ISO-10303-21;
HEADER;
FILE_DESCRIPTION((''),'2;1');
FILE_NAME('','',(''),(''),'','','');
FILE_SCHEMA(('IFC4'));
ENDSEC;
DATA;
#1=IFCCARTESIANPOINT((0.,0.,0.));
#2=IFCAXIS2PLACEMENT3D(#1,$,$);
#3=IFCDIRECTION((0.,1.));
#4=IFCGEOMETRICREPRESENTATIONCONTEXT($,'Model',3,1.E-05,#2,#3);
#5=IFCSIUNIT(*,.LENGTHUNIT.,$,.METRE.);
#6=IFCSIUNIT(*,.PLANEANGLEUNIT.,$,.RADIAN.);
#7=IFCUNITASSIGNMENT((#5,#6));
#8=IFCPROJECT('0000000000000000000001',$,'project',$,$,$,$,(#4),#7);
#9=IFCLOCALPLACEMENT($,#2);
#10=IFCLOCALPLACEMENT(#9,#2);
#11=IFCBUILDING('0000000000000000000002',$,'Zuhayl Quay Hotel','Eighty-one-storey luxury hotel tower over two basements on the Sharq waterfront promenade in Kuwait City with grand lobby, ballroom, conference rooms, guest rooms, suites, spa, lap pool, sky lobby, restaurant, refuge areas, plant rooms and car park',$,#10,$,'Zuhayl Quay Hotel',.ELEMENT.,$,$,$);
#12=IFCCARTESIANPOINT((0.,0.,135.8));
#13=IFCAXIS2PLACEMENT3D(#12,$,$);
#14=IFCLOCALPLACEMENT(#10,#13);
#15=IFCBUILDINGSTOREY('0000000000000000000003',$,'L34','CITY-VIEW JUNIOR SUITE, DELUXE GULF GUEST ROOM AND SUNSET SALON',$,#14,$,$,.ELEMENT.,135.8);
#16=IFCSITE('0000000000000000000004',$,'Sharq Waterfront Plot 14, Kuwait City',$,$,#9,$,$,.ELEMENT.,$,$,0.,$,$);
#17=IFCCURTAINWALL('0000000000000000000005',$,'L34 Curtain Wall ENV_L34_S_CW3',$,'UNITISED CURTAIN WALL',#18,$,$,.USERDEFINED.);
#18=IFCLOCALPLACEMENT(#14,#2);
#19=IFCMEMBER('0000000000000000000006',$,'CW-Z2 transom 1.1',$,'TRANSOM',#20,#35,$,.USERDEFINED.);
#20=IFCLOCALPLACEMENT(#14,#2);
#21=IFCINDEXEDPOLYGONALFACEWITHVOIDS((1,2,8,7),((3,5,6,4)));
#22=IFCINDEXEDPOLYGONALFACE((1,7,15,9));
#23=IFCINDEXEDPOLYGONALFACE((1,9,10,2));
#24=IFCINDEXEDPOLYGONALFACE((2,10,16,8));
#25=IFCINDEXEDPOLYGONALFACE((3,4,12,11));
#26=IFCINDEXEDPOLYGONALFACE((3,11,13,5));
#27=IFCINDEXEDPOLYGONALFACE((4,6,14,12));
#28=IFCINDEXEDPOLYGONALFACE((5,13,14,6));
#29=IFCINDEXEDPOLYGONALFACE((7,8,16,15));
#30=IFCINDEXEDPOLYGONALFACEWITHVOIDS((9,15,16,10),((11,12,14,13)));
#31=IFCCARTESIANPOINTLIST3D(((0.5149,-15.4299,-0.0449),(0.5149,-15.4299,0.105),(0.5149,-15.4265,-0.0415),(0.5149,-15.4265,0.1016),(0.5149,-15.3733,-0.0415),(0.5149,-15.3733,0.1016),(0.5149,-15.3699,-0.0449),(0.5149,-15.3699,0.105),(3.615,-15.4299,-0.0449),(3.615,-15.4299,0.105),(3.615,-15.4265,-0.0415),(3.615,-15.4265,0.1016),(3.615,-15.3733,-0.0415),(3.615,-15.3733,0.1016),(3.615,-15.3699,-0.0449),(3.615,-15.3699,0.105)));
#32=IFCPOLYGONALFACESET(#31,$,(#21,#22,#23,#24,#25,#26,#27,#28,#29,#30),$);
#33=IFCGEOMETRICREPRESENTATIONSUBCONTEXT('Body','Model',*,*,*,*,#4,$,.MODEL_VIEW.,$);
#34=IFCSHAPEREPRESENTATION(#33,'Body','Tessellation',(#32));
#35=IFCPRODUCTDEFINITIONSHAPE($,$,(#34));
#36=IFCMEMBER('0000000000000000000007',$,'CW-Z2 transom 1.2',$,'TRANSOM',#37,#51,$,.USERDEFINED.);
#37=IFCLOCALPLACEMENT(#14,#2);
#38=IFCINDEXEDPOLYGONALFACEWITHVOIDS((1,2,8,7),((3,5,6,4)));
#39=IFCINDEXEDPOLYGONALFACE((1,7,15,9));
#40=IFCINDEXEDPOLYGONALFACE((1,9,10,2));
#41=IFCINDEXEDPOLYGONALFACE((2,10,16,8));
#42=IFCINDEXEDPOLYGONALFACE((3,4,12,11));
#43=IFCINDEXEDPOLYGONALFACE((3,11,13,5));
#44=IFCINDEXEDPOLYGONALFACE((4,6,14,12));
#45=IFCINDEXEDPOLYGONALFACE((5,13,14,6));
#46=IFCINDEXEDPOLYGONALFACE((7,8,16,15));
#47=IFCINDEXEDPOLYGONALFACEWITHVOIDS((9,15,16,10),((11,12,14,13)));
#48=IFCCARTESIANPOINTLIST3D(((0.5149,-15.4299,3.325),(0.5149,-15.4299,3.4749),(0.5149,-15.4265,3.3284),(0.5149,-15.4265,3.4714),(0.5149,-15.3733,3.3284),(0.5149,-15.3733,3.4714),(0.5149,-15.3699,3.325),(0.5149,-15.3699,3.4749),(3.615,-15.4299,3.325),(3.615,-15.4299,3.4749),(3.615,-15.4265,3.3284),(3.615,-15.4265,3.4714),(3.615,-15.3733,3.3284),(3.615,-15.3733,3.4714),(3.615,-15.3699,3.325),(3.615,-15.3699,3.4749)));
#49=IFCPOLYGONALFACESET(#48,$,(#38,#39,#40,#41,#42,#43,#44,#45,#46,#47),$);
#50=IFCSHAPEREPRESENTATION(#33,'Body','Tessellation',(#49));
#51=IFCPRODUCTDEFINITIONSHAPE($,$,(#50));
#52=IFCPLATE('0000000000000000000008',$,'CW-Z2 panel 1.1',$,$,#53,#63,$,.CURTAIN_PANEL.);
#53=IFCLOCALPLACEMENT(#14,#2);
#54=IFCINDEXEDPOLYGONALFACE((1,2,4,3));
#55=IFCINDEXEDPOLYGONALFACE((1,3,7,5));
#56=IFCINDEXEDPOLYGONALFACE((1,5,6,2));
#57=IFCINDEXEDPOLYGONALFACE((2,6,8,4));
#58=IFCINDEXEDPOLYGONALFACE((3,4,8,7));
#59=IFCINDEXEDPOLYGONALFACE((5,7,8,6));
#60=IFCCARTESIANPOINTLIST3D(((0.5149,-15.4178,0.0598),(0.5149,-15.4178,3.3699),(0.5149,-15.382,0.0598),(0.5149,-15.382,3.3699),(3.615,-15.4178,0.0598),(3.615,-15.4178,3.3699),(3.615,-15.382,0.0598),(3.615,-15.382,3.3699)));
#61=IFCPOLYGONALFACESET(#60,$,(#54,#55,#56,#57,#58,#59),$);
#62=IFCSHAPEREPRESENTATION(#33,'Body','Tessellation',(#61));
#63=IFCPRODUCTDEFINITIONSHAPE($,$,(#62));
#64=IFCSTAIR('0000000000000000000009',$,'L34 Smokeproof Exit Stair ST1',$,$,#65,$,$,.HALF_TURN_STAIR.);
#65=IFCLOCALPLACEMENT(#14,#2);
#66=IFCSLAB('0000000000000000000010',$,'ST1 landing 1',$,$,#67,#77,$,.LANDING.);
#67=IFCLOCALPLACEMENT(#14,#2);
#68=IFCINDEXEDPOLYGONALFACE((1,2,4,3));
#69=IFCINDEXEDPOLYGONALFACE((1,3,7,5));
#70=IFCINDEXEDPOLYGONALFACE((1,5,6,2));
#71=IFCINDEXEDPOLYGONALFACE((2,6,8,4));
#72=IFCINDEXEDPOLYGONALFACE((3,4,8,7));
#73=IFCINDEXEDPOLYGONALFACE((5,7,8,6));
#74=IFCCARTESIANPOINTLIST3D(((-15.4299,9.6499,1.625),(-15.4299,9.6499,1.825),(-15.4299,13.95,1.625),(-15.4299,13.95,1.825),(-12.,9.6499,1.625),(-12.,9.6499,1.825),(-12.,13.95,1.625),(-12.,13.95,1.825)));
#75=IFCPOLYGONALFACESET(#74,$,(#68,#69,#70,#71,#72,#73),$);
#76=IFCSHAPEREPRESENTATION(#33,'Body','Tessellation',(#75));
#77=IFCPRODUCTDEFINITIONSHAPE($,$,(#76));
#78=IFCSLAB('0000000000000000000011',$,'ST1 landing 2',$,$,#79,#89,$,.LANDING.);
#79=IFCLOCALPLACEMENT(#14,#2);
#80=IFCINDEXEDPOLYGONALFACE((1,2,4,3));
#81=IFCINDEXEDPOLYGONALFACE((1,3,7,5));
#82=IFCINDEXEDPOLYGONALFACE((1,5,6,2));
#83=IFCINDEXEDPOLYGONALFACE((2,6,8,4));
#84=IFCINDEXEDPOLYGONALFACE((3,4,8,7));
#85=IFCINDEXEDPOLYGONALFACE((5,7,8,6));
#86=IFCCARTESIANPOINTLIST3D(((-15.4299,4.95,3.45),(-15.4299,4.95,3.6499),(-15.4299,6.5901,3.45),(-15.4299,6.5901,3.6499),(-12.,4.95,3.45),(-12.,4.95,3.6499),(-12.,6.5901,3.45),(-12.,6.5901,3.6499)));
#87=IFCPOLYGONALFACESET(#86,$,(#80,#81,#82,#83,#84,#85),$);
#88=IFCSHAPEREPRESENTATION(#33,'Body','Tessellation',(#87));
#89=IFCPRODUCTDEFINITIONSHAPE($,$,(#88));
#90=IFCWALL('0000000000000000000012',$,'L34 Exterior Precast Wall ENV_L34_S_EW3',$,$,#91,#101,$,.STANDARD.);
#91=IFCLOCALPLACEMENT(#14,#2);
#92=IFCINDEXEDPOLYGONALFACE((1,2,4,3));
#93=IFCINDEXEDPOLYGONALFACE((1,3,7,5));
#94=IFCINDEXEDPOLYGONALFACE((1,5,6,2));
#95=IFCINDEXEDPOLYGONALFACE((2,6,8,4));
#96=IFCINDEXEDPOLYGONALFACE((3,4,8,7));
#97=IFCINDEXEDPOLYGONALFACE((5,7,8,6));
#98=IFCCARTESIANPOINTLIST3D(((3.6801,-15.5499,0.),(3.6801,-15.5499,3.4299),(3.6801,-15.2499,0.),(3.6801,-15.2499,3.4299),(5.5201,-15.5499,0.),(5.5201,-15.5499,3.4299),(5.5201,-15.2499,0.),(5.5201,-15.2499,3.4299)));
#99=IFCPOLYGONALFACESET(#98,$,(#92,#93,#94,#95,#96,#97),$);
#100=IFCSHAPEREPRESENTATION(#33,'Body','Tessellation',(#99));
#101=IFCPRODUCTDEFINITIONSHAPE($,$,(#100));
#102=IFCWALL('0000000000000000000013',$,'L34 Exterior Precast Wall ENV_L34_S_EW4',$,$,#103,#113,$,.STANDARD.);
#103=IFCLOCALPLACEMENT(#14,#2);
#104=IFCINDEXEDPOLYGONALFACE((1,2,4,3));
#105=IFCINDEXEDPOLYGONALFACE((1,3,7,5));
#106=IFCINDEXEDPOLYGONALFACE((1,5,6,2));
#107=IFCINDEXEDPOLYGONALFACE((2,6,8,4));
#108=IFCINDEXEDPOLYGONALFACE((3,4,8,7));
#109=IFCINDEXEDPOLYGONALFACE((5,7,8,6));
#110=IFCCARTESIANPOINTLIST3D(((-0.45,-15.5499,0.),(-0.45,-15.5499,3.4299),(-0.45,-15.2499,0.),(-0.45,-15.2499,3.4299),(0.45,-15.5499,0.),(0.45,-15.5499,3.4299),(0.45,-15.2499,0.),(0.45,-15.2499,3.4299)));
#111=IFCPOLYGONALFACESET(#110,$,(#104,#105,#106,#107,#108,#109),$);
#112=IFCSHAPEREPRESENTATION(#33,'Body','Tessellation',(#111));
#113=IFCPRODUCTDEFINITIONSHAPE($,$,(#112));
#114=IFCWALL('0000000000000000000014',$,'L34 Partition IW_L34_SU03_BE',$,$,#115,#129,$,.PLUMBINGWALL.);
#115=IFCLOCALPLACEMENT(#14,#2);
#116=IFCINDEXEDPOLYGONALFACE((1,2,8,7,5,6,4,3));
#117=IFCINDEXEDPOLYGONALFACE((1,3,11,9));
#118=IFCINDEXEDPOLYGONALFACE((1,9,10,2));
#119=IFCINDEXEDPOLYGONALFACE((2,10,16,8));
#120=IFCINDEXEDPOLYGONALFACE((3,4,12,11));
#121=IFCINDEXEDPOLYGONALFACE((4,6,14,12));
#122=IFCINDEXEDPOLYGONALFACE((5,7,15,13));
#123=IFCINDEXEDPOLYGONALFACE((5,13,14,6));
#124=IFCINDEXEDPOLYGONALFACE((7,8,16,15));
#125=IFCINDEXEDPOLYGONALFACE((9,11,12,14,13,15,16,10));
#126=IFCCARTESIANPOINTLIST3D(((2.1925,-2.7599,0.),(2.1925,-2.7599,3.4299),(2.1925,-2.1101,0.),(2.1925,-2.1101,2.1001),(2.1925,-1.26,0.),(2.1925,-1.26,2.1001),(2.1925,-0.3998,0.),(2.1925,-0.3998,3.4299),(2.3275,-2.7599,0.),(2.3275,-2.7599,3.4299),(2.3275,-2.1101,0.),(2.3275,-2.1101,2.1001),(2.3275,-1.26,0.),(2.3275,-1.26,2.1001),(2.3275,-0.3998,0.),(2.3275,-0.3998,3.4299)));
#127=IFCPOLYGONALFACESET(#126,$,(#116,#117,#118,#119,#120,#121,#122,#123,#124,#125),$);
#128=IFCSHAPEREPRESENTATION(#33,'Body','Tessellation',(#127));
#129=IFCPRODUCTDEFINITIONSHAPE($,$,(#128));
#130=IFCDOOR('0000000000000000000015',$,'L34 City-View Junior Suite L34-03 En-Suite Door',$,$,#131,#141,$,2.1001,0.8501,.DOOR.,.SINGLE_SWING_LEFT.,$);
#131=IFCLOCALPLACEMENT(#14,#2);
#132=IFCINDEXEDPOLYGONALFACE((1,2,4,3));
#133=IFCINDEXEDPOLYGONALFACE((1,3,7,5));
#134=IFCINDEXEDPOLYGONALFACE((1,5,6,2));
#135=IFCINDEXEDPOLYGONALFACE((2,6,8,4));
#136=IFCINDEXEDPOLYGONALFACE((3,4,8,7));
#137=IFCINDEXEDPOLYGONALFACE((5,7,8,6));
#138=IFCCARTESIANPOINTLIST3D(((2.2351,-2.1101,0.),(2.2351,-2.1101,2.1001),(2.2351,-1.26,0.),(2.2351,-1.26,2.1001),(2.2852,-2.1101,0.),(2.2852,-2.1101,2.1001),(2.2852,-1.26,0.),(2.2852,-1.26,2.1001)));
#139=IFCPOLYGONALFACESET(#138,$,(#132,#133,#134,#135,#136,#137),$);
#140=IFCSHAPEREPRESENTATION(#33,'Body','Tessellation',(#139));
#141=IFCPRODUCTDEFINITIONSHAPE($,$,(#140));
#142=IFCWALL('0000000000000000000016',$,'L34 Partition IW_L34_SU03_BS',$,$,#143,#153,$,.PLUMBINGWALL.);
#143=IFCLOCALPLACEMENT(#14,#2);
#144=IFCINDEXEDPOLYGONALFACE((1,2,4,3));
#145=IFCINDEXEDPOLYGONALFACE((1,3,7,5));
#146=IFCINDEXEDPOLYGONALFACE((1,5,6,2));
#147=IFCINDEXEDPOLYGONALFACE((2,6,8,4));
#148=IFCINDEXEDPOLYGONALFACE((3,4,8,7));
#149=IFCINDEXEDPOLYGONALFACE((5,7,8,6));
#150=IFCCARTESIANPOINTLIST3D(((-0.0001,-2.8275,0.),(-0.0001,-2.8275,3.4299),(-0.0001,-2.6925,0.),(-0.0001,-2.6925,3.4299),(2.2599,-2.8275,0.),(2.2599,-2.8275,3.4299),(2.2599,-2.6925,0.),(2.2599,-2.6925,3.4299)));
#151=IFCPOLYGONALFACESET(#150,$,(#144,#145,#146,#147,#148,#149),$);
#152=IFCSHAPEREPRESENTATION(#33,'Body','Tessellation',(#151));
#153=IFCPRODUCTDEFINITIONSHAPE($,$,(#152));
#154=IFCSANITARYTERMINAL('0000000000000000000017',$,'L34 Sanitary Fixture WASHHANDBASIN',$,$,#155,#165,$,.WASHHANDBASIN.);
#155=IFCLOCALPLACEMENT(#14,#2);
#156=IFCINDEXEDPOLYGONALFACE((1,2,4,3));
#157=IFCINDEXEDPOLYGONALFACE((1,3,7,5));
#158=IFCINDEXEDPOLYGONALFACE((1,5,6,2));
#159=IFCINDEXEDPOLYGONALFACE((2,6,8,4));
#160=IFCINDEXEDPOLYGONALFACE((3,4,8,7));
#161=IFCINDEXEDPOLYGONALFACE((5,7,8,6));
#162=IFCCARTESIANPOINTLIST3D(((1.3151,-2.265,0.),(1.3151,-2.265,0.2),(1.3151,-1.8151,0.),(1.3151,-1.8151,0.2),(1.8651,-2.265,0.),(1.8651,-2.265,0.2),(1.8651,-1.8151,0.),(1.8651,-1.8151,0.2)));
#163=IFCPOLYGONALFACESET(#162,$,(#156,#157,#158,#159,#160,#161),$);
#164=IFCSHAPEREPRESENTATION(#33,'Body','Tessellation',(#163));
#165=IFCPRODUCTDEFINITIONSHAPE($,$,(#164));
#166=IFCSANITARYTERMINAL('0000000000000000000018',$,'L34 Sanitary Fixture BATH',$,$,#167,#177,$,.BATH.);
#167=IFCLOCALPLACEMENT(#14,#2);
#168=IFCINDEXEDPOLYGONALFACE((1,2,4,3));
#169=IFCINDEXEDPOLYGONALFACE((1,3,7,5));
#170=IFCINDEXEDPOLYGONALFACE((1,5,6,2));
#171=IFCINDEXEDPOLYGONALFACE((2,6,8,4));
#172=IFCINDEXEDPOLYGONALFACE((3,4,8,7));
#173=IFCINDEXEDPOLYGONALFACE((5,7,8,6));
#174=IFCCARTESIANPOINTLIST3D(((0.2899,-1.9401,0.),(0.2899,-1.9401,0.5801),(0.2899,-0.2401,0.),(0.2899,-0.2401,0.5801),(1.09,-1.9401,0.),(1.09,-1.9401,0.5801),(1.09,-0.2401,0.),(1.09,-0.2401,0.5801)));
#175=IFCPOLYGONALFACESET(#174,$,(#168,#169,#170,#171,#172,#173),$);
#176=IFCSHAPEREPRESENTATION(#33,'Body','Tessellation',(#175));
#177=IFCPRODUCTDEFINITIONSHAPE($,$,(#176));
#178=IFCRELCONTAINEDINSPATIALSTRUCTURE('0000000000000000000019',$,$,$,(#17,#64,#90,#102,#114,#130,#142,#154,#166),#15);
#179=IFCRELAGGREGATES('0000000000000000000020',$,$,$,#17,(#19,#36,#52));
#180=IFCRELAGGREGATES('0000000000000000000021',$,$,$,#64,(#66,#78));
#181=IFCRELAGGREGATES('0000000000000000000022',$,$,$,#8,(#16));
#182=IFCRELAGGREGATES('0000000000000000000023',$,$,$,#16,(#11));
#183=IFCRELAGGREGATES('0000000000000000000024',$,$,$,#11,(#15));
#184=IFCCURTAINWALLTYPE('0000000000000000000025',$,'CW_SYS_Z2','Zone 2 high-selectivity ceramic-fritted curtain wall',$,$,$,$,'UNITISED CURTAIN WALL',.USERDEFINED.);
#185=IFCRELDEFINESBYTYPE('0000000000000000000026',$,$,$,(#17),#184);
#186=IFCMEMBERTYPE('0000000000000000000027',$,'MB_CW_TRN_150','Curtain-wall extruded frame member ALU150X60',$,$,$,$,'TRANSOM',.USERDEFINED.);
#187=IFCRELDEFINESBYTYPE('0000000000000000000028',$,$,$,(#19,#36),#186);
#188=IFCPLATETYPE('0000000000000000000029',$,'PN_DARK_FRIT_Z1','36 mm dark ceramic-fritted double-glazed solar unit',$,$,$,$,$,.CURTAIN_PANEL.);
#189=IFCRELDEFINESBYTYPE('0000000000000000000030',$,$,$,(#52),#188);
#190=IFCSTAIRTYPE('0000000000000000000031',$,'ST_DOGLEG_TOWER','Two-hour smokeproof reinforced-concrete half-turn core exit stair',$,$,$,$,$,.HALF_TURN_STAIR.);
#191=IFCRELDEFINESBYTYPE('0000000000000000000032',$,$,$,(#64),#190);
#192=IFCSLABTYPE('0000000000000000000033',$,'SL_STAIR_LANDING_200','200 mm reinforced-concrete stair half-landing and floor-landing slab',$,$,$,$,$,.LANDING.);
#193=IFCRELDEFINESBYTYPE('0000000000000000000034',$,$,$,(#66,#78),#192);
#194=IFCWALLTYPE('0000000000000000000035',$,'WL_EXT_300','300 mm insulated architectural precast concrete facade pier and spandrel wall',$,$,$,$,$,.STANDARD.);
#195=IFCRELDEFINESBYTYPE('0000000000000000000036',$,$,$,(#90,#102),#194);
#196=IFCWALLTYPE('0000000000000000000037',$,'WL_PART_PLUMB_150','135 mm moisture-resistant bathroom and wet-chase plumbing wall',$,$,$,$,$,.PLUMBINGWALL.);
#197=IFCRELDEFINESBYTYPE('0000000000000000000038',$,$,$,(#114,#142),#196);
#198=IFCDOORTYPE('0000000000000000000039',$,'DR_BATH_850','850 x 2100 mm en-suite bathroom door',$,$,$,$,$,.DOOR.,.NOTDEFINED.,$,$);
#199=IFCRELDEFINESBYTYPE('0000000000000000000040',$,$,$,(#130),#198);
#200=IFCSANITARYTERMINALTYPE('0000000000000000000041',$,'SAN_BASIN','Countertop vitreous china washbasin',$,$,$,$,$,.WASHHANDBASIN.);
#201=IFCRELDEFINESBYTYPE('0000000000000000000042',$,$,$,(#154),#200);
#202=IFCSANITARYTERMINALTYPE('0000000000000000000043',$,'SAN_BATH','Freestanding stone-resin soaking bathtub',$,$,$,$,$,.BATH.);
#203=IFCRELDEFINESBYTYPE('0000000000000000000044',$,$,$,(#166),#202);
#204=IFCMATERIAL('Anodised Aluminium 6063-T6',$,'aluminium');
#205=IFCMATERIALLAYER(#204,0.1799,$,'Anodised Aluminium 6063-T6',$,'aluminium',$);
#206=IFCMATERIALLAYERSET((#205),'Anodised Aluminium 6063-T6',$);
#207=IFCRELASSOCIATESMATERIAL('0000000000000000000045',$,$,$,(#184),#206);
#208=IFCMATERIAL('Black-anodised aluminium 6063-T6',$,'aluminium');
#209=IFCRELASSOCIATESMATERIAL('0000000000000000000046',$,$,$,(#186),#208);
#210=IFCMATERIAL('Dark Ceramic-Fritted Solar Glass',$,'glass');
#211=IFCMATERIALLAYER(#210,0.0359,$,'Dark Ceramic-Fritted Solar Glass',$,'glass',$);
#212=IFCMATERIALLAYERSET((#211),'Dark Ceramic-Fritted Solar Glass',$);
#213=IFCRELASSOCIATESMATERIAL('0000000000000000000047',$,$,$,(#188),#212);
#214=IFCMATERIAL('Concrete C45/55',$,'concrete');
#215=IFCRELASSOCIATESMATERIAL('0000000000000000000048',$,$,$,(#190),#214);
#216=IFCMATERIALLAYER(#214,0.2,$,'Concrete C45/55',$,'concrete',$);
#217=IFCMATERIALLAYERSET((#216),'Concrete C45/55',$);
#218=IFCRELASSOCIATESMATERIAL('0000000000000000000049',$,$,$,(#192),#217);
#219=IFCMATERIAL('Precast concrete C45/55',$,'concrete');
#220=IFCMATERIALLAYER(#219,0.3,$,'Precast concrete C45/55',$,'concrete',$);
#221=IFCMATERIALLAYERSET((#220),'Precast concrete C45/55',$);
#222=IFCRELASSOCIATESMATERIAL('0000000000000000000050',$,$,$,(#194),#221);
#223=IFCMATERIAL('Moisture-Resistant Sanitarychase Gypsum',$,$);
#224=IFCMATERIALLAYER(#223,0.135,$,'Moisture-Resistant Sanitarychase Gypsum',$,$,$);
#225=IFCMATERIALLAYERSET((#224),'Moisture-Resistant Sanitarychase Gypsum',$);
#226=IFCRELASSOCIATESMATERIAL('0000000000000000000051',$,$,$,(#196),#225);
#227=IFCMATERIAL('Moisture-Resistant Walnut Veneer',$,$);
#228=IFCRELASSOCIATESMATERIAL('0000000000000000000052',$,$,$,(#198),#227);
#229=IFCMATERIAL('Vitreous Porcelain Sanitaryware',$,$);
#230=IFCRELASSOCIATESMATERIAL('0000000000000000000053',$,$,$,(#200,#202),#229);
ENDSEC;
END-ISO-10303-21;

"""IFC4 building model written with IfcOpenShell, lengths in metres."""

from ifc_helpers import new_model, si_unit, direction, frame, frame_2d, origin, origin_2d, place, context, subcontext, project, spatial, polyline, rectangle, hollow_rectangle, outline, extrude, material, layer, layer_set, material_profile, profile_set, type_object, element, fill, aggregate, save


model = new_model("IFC4")

# Units and contexts
model_context = context("Model", 3, precision=1e-05, world=origin(), true_north=direction((0.0, 1.0)))
body_context = subcontext(model_context, "Body", "Model", "MODEL_VIEW")
ifc_project = project(units=[si_unit("LENGTHUNIT", "METRE"), si_unit("PLANEANGLEUNIT", "RADIAN")], contexts=[model_context])

# Site, building, storey
site_placement = place(None, origin())
site = spatial("IfcSite", under=ifc_project, at=site_placement, Name="Sharq Waterfront Plot 14, Kuwait City", CompositionType="ELEMENT", RefElevation=0.0)
building_placement = place(site_placement, origin())
building = spatial("IfcBuilding", under=site, at=building_placement, Name="Zuhayl Quay Hotel", Description="Eighty-one-storey luxury hotel tower over two basements on the Sharq waterfront promenade in Kuwait City with grand lobby, ballroom, conference rooms, guest rooms, suites, spa, lap pool, sky lobby, restaurant, refuge areas, plant rooms and car park", LongName="Zuhayl Quay Hotel", CompositionType="ELEMENT")
storey_placement = place(building_placement, frame((0.0, 0.0, 135.8)))
storey = spatial("IfcBuildingStorey", under=building, at=storey_placement, Name="L34", Description="CITY-VIEW JUNIOR SUITE, DELUXE GULF GUEST ROOM AND SUNSET SALON", CompositionType="ELEMENT", Elevation=135.8)

# Shared definitions
ifc_material_1 = material(Name="Anodised Aluminium 6063-T6", Category="aluminium")
ifc_layer_1 = layer(ifc_material_1, 0.1799, Name="Anodised Aluminium 6063-T6", Category="aluminium")
ifc_layer_set_1 = layer_set([ifc_layer_1], Name="Anodised Aluminium 6063-T6")
curtain_wall_type = type_object("IfcCurtainWallType", Name="CW_SYS_Z2", Description="Zone 2 high-selectivity ceramic-fritted curtain wall", ElementType="UNITISED CURTAIN WALL", PredefinedType="USERDEFINED", material=ifc_layer_set_1)
ifc_material_2 = material(Name="Black-anodised aluminium 6063-T6", Category="aluminium")

# Curtain wall, members, plate
curtain_wall_1_placement = place(storey_placement, origin())
curtain_wall_1 = element("IfcCurtainWall", 1, at=curtain_wall_1_placement, inside=storey, type_object=curtain_wall_type, Name="L34 Curtain Wall ENV_L34_S_CW3", ObjectType="UNITISED CURTAIN WALL", PredefinedType="USERDEFINED")
ifc_material_profile_1 = material_profile(ifc_material_2, hollow_rectangle(XDim=0.0601, YDim=0.1499, WallThickness=0.0034, at=origin_2d()), Name="ALU150X60")
ifc_profile_set_1 = profile_set([ifc_material_profile_1], Name="Black-anodised aluminium 6063-T6")
member_type_1 = type_object("IfcMemberType", Name="MB_CW_TRN_150", Description="Curtain-wall extruded frame member ALU150X60", ElementType="TRANSOM", PredefinedType="USERDEFINED", material=ifc_profile_set_1)
member_1_placement = place(storey_placement, frame((3.615, -15.3999, 0.03), z_axis=(-1.0, 0.0, 0.0), x_axis=(0.0, -1.0, 0.0)))
member_1 = element("IfcMember", 2, at=member_1_placement, type_object=member_type_1, Name="CW-Z2 transom 1.1", ObjectType="TRANSOM", PredefinedType="USERDEFINED", context=body_context, shape_type="SweptSolid", body=[
    extrude(hollow_rectangle(XDim=0.0601, YDim=0.1499, WallThickness=0.0034, at=origin_2d()), origin(), (0.0, 0.0, 1.0), 3.1001),
])
member_2_placement = place(storey_placement, frame((3.615, -15.3999, 3.3999), z_axis=(-1.0, 0.0, 0.0), x_axis=(0.0, -1.0, 0.0)))
member_2 = element("IfcMember", 3, at=member_2_placement, type_object=member_type_1, Name="CW-Z2 transom 1.2", ObjectType="TRANSOM", PredefinedType="USERDEFINED", context=body_context, shape_type="SweptSolid", body=[
    extrude(hollow_rectangle(XDim=0.0601, YDim=0.1499, WallThickness=0.0034, at=origin_2d()), origin(), (0.0, 0.0, 1.0), 3.1001),
])
ifc_material_3 = material(Name="Dark Ceramic-Fritted Solar Glass", Category="glass")
ifc_layer_2 = layer(ifc_material_3, 0.0359, Name="Dark Ceramic-Fritted Solar Glass", Category="glass")
ifc_layer_set_2 = layer_set([ifc_layer_2], Name="Dark Ceramic-Fritted Solar Glass")
plate_type = type_object("IfcPlateType", Name="PN_DARK_FRIT_Z1", Description="36 mm dark ceramic-fritted double-glazed solar unit", PredefinedType="CURTAIN_PANEL", material=ifc_layer_set_2)
plate_placement = place(storey_placement, frame((2.0649, -15.3999, 0.0598), z_axis=(0.0, 0.0, 1.0), x_axis=(-1.0, 0.0, 0.0)))
plate = element("IfcPlate", 4, at=plate_placement, type_object=plate_type, Name="CW-Z2 panel 1.1", PredefinedType="CURTAIN_PANEL", context=body_context, shape_type="SweptSolid", body=[
    extrude(rectangle(XDim=3.1001, YDim=0.0359, at=origin_2d()), origin(), (0.0, 0.0, 1.0), 3.3101),
])
aggregate(curtain_wall_1, [member_1, member_2, plate])

# Stair, slabs
ifc_material_4 = material(Name="Concrete C45/55", Category="concrete")
stair_type = type_object("IfcStairType", Name="ST_DOGLEG_TOWER", Description="Two-hour smokeproof reinforced-concrete half-turn core exit stair", PredefinedType="HALF_TURN_STAIR", material=ifc_material_4)
stair_placement = place(storey_placement, origin())
stair = element("IfcStair", 5, at=stair_placement, inside=storey, type_object=stair_type, Name="L34 Smokeproof Exit Stair ST1", PredefinedType="HALF_TURN_STAIR")
ifc_layer_3 = layer(ifc_material_4, 0.2, Name="Concrete C45/55", Category="concrete")
ifc_layer_set_3 = layer_set([ifc_layer_3], Name="Concrete C45/55")
slab_type = type_object("IfcSlabType", Name="SL_STAIR_LANDING_200", Description="200 mm reinforced-concrete stair half-landing and floor-landing slab", PredefinedType="LANDING", material=ifc_layer_set_3)
slab_1_placement = place(storey_placement, frame((0.0, 0.0, 1.625)))
slab_1 = element("IfcSlab", 6, at=slab_1_placement, type_object=slab_type, Name="ST1 landing 1", PredefinedType="LANDING", context=body_context, shape_type="SweptSolid", body=[
    extrude(outline(polyline([(-12.0, 9.6499), (-12.0, 13.95), (-15.4299, 13.95), (-15.4299, 9.6499), (-12.0, 9.6499)])), origin(), (0.0, 0.0, 1.0), 0.2),
])
slab_2_placement = place(storey_placement, frame((0.0, 0.0, 3.45)))
slab_2 = element("IfcSlab", 7, at=slab_2_placement, type_object=slab_type, Name="ST1 landing 2", PredefinedType="LANDING", context=body_context, shape_type="SweptSolid", body=[
    extrude(outline(polyline([(-12.0, 4.95), (-12.0, 6.5901), (-15.4299, 6.5901), (-15.4299, 4.95), (-12.0, 4.95)])), origin(), (0.0, 0.0, 1.0), 0.2),
])
aggregate(stair, [slab_1, slab_2])

# Walls
ifc_material_5 = material(Name="Precast concrete C45/55", Category="concrete")
ifc_layer_4 = layer(ifc_material_5, 0.3, Name="Precast concrete C45/55", Category="concrete")
ifc_layer_set_4 = layer_set([ifc_layer_4], Name="Precast concrete C45/55")
wall_type_1 = type_object("IfcWallType", Name="WL_EXT_300", Description="300 mm insulated architectural precast concrete facade pier and spandrel wall", PredefinedType="STANDARD", material=ifc_layer_set_4)
wall_1_placement = place(storey_placement, frame((5.52, -15.3999, 0.0), z_axis=(0.0, 0.0, 1.0), x_axis=(-1.0, 0.0, 0.0)))
element("IfcWall", 8, at=wall_1_placement, inside=storey, type_object=wall_type_1, Name="L34 Exterior Precast Wall ENV_L34_S_EW3", PredefinedType="STANDARD", context=body_context, shape_type="SweptSolid", body=[
    extrude(rectangle(XDim=1.8401, YDim=0.3, at=frame_2d((0.9199, 0.0))), origin(), (0.0, 0.0, 1.0), 3.4299),
])
wall_2_placement = place(storey_placement, frame((0.45, -15.3999, 0.0), z_axis=(0.0, 0.0, 1.0), x_axis=(-1.0, 0.0, 0.0)))
element("IfcWall", 9, at=wall_2_placement, inside=storey, type_object=wall_type_1, Name="L34 Exterior Precast Wall ENV_L34_S_EW4", PredefinedType="STANDARD", context=body_context, shape_type="SweptSolid", body=[
    extrude(rectangle(XDim=0.8999, YDim=0.3, at=frame_2d((0.45, 0.0))), origin(), (0.0, 0.0, 1.0), 3.4299),
])

# Wall, opening, door
ifc_material_6 = material(Name="Moisture-Resistant Sanitarychase Gypsum")
ifc_layer_5 = layer(ifc_material_6, 0.135, Name="Moisture-Resistant Sanitarychase Gypsum")
ifc_layer_set_5 = layer_set([ifc_layer_5], Name="Moisture-Resistant Sanitarychase Gypsum")
wall_type_2 = type_object("IfcWallType", Name="WL_PART_PLUMB_150", Description="135 mm moisture-resistant bathroom and wet-chase plumbing wall", PredefinedType="PLUMBINGWALL", material=ifc_layer_set_5)
wall_3_placement = place(storey_placement, frame((2.26, -2.76, 0.0), z_axis=(0.0, 0.0, 1.0), x_axis=(0.0, 1.0, 0.0)))
wall_3 = element("IfcWall", 10, at=wall_3_placement, inside=storey, type_object=wall_type_2, Name="L34 Partition IW_L34_SU03_BE", PredefinedType="PLUMBINGWALL", context=body_context, shape_type="SweptSolid", body=[
    extrude(rectangle(XDim=2.3601, YDim=0.135, at=frame_2d((1.1802, 0.0))), origin(), (0.0, 0.0, 1.0), 3.4299),
])
opening_placement = place(wall_3_placement, frame((0.6499, 0.0, 0.0)))
opening = element("IfcOpeningElement", 11, at=opening_placement, cuts=wall_3, PredefinedType="OPENING", context=body_context, shape_type="SweptSolid", body=[
    extrude(rectangle(XDim=0.8501, YDim=2.1001, at=frame_2d((0.425, 1.05))), frame((0.0, 0.0774, 0.0), z_axis=(0.0, -1.0, 0.0), x_axis=(1.0, 0.0, 0.0)), (0.0, 0.0, 1.0), 0.155),
])
ifc_material_7 = material(Name="Moisture-Resistant Walnut Veneer")
door_type = type_object("IfcDoorType", Name="DR_BATH_850", Description="850 x 2100 mm en-suite bathroom door", OperationType="NOTDEFINED", PredefinedType="DOOR", material=ifc_material_7)
door_placement = place(opening_placement, origin())
door = element("IfcDoor", 12, at=door_placement, inside=storey, type_object=door_type, Name="L34 City-View Junior Suite L34-03 En-Suite Door", OperationType="SINGLE_SWING_LEFT", OverallHeight=2.1001, OverallWidth=0.8501, PredefinedType="DOOR", context=body_context, shape_type="SweptSolid", body=[
    extrude(rectangle(XDim=0.8501, YDim=2.1001, at=frame_2d((0.425, 1.05))), frame((0.0, 0.0249, 0.0), z_axis=(0.0, -1.0, 0.0), x_axis=(1.0, 0.0, 0.0)), (0.0, 0.0, 1.0), 0.05),
])
fill(opening, door)

# Wall
wall_4_placement = place(storey_placement, frame((0.0, -2.76, 0.0), z_axis=(0.0, 0.0, 1.0), x_axis=(1.0, 0.0, 0.0)))
element("IfcWall", 13, at=wall_4_placement, inside=storey, type_object=wall_type_2, Name="L34 Partition IW_L34_SU03_BS", PredefinedType="PLUMBINGWALL", context=body_context, shape_type="SweptSolid", body=[
    extrude(rectangle(XDim=2.26, YDim=0.135, at=frame_2d((1.1299, 0.0))), origin(), (0.0, 0.0, 1.0), 3.4299),
])

# Sanitary terminals
ifc_material_8 = material(Name="Vitreous Porcelain Sanitaryware")
sanitary_terminal_type_1 = type_object("IfcSanitaryTerminalType", Name="SAN_BASIN", Description="Countertop vitreous china washbasin", PredefinedType="WASHHANDBASIN", material=ifc_material_8)
sanitary_terminal_1_placement = place(storey_placement, frame((1.5901, -2.04, 0.0), z_axis=(0.0, 0.0, 1.0), x_axis=(1.0, 0.0, 0.0)))
element("IfcSanitaryTerminal", 14, at=sanitary_terminal_1_placement, inside=storey, type_object=sanitary_terminal_type_1, Name="L34 Sanitary Fixture WASHHANDBASIN", PredefinedType="WASHHANDBASIN", context=body_context, shape_type="SweptSolid", body=[
    extrude(rectangle(XDim=0.55, YDim=0.45, at=origin_2d()), origin(), (0.0, 0.0, 1.0), 0.2),
])
sanitary_terminal_type_2 = type_object("IfcSanitaryTerminalType", Name="SAN_BATH", Description="Freestanding stone-resin soaking bathtub", PredefinedType="BATH", material=ifc_material_8)
sanitary_terminal_2_placement = place(storey_placement, frame((0.6899, -1.0901, 0.0), z_axis=(0.0, 0.0, 1.0), x_axis=(1.0, 0.0, 0.0)))
element("IfcSanitaryTerminal", 15, at=sanitary_terminal_2_placement, inside=storey, type_object=sanitary_terminal_type_2, Name="L34 Sanitary Fixture BATH", PredefinedType="BATH", context=body_context, shape_type="SweptSolid", body=[
    extrude(rectangle(XDim=0.8, YDim=1.7, at=origin_2d()), origin(), (0.0, 0.0, 1.0), 0.5801),
])

save(model, "model.ifc")
